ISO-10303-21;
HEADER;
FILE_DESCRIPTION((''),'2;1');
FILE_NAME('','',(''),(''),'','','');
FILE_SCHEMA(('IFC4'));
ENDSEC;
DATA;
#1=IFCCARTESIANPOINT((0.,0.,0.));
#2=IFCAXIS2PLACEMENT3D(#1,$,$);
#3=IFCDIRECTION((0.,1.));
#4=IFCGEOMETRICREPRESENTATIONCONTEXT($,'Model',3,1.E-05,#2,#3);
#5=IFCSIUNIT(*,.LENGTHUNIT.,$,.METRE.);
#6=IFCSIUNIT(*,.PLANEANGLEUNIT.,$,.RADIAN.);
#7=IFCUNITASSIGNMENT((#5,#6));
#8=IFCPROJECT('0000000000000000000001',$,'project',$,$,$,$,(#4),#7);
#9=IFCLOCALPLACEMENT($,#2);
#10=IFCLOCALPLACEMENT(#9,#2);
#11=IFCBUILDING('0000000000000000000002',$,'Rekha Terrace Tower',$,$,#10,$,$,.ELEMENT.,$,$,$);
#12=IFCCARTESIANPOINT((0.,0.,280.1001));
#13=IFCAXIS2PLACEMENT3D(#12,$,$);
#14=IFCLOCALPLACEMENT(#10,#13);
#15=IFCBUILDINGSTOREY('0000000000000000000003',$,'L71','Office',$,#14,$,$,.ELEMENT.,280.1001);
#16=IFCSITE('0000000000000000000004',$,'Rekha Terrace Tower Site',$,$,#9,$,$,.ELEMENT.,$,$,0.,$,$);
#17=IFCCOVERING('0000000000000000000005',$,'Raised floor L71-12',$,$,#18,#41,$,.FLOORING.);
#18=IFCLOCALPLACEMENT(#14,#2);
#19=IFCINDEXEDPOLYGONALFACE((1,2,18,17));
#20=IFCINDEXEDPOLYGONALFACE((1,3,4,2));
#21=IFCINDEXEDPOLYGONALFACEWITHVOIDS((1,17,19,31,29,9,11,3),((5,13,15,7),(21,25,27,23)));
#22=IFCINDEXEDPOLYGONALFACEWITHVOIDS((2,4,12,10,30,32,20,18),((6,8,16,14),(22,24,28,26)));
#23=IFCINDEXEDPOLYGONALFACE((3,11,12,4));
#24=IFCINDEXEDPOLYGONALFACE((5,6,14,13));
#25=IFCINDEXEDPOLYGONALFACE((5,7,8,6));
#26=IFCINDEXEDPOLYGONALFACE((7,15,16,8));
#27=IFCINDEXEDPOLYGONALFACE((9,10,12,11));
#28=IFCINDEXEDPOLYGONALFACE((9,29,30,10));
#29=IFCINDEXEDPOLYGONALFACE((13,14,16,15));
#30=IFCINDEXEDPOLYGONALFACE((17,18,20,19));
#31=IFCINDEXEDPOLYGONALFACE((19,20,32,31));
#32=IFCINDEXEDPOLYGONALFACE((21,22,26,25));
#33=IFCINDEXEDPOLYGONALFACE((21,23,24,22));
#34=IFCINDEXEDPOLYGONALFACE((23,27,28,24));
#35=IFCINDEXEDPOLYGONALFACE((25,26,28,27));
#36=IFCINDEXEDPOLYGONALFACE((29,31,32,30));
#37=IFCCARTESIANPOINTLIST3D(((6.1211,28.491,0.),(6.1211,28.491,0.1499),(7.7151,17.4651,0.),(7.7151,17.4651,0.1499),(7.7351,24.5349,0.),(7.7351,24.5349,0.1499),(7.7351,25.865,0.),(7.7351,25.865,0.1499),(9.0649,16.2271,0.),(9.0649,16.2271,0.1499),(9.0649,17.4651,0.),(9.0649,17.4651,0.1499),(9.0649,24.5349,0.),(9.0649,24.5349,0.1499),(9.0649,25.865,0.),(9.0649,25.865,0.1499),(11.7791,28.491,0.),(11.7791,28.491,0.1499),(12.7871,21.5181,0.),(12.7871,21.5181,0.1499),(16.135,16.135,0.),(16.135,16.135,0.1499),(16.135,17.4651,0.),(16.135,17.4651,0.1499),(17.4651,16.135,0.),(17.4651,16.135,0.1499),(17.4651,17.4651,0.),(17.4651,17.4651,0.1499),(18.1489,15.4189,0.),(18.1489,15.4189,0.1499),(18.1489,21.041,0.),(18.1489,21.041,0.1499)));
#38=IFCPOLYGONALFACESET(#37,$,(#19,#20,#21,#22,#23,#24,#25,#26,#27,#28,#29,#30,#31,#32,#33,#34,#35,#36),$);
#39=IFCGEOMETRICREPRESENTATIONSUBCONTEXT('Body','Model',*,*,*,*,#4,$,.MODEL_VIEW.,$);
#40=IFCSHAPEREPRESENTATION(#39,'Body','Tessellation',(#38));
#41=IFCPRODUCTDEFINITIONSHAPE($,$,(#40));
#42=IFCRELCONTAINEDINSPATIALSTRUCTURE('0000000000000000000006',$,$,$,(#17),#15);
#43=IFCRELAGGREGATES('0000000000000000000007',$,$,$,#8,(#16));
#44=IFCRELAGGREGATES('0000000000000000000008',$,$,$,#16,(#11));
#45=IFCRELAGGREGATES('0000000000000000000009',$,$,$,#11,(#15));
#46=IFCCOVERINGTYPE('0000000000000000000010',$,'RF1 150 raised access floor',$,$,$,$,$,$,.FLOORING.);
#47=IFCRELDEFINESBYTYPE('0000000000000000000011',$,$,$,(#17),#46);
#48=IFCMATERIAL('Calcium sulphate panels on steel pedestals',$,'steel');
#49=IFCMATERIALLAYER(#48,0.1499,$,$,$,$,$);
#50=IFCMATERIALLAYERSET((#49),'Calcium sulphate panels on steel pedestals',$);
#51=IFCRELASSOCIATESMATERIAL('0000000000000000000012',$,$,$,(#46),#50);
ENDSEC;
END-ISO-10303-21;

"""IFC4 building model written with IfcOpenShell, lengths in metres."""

from ifc_helpers import new_model, si_unit, direction, frame, origin, place, context, subcontext, project, spatial, polyline, outline, extrude, material, layer, layer_set, type_object, element, save


model = new_model("IFC4")

# Units and contexts
model_context = context("Model", 3, precision=1e-05, world=origin(), true_north=direction((0.0, 1.0)))
body_context = subcontext(model_context, "Body", "Model", "MODEL_VIEW")
ifc_project = project(units=[si_unit("LENGTHUNIT", "METRE"), si_unit("PLANEANGLEUNIT", "RADIAN")], contexts=[model_context])

# Site, building, storey
site_placement = place(None, origin())
site = spatial("IfcSite", under=ifc_project, at=site_placement, Name="Rekha Terrace Tower Site", CompositionType="ELEMENT", RefElevation=0.0)
building_placement = place(site_placement, origin())
building = spatial("IfcBuilding", under=site, at=building_placement, Name="Rekha Terrace Tower", CompositionType="ELEMENT")
storey_placement = place(building_placement, frame((0.0, 0.0, 280.1001)))
storey = spatial("IfcBuildingStorey", under=building, at=storey_placement, Name="L71", Description="Office", CompositionType="ELEMENT", Elevation=280.1001)

# Covering
ifc_material_1 = material(Name="Calcium sulphate panels on steel pedestals", Category="steel")
ifc_layer_1 = layer(ifc_material_1, 0.1499)
ifc_layer_set_1 = layer_set([ifc_layer_1], Name="Calcium sulphate panels on steel pedestals")
covering_type_1 = type_object("IfcCoveringType", Name="RF1 150 raised access floor", PredefinedType="FLOORING", material=ifc_layer_set_1)
covering_1_placement = place(storey_placement, origin())
element("IfcCovering", 1, at=covering_1_placement, inside=storey, type_object=covering_type_1, Name="Raised floor L71-12", PredefinedType="FLOORING", context=body_context, shape_type="SweptSolid", body=[
    extrude(outline(polyline([(6.1211, 28.491), (7.7151, 17.4651), (9.0649, 17.4651), (9.0649, 16.2271), (18.1489, 15.4189), (18.1489, 21.041), (12.7871, 21.5181), (11.7791, 28.491), (6.1211, 28.491)]), holes=[polyline([(17.4651, 17.4651), (17.4651, 16.135), (16.135, 16.135), (16.135, 17.4651), (17.4651, 17.4651)]), polyline([(9.0649, 25.865), (9.0649, 24.5349), (7.7351, 24.5349), (7.7351, 25.865), (9.0649, 25.865)])]), origin(), (0.0, 0.0, 1.0), 0.1499),
])

save(model, "model.ifc")
